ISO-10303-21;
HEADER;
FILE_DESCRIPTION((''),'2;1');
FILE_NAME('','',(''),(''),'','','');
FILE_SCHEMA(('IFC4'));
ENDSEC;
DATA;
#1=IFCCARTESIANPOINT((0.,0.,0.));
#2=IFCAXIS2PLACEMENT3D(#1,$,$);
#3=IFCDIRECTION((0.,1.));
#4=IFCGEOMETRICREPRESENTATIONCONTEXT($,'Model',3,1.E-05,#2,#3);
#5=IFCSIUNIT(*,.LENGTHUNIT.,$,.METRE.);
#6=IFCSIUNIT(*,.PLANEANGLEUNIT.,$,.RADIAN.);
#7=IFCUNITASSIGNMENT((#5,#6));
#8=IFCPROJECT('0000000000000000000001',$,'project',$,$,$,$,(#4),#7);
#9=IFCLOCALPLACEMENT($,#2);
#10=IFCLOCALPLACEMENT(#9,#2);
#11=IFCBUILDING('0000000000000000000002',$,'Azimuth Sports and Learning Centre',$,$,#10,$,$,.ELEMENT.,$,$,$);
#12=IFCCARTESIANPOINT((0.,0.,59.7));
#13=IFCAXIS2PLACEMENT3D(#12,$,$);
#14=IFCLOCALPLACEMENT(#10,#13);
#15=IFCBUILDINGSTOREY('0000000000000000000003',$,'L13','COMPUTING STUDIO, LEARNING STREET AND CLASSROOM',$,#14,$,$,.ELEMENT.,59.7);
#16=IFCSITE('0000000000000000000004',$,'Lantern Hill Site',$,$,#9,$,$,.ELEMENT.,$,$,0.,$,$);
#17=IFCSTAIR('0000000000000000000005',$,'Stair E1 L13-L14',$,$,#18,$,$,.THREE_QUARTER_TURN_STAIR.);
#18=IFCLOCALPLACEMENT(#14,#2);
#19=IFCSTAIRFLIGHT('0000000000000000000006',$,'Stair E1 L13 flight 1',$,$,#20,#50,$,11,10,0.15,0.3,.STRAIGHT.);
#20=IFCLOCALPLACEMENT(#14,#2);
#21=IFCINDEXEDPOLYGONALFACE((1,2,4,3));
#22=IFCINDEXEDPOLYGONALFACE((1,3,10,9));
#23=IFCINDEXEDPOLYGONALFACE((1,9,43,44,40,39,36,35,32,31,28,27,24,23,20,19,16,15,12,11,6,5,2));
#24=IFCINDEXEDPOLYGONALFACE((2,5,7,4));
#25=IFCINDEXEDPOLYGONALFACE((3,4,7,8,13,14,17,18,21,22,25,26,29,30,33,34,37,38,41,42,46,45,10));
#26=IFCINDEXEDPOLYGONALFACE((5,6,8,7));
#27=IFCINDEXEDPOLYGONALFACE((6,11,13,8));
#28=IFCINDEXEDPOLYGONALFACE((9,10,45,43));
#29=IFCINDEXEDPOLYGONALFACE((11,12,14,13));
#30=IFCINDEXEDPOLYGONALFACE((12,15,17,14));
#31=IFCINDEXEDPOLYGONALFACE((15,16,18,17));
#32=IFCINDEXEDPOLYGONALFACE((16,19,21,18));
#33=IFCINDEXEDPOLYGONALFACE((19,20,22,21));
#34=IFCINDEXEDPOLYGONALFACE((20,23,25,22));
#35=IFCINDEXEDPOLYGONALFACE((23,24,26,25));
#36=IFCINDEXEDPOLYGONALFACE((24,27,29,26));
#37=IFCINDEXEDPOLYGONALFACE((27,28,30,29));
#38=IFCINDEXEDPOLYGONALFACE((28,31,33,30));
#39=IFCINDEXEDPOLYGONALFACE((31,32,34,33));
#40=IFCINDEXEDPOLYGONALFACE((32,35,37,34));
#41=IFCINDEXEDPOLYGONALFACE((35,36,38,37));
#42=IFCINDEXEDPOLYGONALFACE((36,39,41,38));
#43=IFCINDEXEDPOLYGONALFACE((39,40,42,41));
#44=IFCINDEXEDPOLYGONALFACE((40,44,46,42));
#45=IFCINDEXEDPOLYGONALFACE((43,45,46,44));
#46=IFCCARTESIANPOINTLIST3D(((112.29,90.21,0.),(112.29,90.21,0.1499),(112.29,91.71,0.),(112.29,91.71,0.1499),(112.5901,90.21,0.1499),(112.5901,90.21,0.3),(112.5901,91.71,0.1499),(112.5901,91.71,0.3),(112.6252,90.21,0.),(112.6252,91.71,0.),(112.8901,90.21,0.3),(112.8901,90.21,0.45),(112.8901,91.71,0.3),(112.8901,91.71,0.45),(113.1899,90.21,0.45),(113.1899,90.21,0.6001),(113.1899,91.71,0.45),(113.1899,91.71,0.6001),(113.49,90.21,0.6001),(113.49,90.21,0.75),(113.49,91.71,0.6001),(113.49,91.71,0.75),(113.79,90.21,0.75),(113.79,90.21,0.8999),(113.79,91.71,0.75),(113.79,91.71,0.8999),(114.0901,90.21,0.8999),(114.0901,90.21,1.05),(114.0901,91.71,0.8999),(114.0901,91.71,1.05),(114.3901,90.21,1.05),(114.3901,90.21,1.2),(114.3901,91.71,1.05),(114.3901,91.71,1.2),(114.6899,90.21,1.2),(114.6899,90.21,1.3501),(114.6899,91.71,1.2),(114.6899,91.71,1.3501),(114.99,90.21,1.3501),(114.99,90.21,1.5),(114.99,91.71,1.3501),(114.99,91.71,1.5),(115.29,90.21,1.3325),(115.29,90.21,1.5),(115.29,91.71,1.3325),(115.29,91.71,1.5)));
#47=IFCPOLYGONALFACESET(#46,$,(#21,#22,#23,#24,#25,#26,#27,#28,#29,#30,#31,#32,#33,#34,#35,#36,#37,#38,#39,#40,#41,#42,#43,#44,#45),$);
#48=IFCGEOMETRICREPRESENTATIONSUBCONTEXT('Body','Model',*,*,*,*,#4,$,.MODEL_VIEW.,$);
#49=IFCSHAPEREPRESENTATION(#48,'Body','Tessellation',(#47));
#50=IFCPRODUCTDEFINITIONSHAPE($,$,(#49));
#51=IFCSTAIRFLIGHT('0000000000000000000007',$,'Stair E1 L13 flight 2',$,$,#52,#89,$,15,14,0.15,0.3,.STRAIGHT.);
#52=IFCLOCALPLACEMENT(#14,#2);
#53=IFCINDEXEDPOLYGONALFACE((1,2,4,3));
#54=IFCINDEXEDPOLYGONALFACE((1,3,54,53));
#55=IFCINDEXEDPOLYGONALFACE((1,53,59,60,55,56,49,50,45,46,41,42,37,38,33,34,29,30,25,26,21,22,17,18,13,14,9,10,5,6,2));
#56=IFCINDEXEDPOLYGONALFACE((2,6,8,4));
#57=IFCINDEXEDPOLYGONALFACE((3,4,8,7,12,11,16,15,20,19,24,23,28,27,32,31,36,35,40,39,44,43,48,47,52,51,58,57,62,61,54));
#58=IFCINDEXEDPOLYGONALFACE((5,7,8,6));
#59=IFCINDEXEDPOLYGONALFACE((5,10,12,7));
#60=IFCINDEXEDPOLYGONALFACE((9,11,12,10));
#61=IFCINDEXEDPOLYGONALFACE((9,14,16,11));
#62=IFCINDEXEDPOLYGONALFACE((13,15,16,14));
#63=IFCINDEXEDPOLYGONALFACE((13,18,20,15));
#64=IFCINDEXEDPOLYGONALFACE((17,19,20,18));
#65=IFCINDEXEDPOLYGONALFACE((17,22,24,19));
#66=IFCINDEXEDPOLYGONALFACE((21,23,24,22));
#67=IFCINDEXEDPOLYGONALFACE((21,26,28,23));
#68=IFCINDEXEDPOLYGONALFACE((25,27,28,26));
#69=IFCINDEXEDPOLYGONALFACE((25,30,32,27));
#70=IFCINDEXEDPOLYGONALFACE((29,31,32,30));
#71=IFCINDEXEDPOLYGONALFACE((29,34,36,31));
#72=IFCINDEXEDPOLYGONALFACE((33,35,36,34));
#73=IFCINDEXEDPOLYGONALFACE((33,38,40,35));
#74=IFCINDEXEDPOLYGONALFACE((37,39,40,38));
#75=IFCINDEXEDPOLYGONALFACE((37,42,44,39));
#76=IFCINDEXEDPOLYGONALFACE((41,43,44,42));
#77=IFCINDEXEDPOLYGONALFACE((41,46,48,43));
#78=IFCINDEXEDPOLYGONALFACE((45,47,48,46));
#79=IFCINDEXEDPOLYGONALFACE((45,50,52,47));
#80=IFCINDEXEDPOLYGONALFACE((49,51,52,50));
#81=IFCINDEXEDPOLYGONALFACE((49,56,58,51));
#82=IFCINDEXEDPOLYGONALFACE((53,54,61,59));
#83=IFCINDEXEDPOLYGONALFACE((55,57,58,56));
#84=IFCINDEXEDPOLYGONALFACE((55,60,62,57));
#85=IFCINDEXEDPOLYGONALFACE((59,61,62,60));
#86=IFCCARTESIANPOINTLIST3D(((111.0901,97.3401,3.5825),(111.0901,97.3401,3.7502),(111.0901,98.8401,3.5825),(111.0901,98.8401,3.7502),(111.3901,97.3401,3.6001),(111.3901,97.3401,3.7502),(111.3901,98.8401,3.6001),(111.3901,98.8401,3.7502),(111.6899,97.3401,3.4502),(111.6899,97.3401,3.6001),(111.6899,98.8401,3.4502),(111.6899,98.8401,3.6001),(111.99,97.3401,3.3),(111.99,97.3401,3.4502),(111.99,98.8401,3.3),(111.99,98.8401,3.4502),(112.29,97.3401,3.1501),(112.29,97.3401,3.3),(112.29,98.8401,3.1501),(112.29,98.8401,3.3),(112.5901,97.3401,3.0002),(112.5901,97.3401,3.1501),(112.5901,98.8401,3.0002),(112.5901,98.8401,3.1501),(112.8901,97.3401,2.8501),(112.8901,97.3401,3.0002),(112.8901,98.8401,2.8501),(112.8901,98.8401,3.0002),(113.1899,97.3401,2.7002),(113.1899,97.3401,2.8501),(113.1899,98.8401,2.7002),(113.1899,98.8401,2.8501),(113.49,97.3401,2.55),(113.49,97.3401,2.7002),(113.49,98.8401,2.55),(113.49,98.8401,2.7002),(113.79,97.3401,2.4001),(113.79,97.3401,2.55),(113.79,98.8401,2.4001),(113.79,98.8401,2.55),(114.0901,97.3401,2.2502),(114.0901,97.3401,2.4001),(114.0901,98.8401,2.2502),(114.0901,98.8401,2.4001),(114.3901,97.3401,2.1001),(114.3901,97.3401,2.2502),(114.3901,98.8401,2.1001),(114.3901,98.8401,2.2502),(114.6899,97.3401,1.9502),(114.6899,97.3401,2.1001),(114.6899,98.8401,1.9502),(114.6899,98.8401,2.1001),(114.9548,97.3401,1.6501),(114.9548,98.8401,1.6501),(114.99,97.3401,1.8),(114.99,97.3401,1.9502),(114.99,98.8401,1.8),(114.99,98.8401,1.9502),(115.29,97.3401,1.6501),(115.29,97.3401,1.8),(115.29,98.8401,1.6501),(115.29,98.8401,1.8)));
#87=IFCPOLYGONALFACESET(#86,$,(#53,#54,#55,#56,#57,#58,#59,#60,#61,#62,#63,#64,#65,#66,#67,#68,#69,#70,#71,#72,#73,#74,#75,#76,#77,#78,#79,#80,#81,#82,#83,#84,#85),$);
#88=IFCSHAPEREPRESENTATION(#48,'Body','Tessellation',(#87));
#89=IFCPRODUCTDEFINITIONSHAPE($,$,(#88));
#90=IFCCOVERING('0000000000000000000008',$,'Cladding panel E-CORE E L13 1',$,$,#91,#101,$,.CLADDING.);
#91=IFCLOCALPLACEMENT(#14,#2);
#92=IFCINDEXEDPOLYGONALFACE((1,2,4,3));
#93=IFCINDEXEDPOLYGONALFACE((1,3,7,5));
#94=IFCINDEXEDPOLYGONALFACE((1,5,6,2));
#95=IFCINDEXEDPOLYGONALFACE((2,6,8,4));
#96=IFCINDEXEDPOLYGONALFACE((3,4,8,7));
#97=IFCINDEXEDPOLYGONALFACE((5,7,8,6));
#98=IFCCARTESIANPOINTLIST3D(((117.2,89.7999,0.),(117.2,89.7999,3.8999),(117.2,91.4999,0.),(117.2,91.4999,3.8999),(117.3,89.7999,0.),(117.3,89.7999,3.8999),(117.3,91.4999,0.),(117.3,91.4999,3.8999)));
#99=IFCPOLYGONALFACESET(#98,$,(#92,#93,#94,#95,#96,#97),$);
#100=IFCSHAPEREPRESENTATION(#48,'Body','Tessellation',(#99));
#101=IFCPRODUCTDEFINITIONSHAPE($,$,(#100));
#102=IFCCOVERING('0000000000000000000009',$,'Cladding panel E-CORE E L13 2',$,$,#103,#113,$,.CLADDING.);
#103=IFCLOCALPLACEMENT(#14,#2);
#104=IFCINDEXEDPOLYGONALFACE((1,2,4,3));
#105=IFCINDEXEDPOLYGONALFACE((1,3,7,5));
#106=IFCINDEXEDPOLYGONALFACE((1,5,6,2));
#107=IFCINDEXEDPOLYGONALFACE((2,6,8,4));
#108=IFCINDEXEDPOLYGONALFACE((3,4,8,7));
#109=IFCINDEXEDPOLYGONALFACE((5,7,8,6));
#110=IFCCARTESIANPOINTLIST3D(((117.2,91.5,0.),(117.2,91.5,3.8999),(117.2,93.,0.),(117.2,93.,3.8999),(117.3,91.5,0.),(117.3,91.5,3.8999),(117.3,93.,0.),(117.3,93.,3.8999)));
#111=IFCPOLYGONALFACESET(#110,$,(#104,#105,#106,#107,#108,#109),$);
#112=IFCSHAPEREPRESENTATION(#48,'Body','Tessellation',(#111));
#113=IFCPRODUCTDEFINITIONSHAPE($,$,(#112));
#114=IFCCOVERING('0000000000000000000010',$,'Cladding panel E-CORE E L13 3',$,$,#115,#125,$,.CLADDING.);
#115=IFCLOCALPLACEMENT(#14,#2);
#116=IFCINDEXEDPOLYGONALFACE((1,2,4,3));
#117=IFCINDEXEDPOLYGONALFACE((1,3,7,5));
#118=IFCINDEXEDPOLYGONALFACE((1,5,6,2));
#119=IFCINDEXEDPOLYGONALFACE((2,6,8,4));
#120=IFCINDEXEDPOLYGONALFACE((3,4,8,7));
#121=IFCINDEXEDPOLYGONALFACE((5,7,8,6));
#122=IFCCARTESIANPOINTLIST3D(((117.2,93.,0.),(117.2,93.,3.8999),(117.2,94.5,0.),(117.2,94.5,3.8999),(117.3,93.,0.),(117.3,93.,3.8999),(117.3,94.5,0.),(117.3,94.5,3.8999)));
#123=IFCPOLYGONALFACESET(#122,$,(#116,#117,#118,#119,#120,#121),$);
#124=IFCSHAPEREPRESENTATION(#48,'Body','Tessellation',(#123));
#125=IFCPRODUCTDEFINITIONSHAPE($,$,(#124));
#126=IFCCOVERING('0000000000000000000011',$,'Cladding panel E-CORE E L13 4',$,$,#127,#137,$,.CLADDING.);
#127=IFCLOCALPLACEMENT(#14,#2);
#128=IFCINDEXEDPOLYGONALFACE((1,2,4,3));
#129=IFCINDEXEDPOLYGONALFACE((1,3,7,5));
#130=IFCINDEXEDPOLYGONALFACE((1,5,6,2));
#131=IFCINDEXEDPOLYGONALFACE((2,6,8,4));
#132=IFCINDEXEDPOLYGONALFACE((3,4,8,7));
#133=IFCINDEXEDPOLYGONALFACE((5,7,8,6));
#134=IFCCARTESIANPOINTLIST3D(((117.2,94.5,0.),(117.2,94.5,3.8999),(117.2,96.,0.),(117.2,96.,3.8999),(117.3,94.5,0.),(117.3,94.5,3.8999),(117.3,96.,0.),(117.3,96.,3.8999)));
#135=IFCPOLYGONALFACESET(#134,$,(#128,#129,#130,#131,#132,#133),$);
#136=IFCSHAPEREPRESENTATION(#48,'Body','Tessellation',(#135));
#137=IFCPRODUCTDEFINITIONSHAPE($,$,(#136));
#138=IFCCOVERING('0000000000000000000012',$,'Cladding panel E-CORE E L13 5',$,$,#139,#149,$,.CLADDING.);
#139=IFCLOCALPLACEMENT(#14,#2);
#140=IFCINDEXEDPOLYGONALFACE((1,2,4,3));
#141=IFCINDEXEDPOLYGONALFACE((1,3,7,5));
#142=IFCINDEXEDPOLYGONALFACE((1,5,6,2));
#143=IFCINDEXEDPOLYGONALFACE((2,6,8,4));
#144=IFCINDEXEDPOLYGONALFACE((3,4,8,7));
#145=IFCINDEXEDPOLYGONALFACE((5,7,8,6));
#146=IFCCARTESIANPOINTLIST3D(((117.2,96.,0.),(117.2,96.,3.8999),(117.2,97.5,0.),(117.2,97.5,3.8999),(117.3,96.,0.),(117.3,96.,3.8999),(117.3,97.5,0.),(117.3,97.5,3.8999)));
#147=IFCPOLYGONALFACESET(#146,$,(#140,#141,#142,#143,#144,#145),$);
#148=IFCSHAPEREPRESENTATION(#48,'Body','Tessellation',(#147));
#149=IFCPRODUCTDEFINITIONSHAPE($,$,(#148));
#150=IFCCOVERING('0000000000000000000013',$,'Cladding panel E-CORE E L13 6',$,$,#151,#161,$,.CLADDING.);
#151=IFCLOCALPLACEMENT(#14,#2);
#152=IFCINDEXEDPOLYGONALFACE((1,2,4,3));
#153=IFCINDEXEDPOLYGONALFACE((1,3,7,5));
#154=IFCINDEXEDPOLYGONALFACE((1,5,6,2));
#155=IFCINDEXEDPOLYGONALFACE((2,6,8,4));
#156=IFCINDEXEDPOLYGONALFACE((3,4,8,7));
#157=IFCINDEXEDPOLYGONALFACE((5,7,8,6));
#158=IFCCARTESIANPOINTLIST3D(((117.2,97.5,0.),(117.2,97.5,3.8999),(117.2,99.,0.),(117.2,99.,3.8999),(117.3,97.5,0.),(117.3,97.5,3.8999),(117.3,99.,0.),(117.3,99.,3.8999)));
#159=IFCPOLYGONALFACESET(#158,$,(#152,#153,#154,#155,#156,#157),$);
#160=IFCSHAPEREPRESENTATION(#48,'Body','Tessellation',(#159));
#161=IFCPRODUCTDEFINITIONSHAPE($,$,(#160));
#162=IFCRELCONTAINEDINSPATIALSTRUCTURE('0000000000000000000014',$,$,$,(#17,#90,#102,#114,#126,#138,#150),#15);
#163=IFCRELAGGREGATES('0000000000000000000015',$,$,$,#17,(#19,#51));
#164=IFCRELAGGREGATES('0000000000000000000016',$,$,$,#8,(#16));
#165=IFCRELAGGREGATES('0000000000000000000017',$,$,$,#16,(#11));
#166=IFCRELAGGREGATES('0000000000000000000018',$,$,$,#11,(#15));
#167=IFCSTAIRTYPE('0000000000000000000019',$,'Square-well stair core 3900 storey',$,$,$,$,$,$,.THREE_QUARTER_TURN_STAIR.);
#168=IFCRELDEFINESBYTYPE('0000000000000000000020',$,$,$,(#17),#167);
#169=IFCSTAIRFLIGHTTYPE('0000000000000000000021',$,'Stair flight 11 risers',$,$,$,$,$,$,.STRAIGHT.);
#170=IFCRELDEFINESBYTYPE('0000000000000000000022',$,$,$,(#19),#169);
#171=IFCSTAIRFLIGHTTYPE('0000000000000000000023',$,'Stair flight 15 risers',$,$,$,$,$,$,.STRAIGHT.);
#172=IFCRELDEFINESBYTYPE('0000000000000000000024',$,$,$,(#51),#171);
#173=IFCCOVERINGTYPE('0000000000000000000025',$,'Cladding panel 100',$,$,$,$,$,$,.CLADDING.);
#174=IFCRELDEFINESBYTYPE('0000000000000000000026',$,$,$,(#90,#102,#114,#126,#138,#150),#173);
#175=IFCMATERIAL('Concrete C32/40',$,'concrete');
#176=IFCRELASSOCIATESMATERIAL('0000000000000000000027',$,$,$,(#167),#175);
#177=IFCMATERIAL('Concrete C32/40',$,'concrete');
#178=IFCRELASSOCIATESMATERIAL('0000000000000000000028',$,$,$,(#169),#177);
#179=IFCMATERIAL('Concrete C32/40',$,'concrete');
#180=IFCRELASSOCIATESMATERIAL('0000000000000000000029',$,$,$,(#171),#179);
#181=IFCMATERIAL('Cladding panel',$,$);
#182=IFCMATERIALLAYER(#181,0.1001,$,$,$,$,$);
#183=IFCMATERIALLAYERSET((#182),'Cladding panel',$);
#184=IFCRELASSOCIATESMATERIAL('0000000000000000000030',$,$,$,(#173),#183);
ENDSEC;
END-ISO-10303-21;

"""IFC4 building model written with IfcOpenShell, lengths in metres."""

from ifc_helpers import new_model, si_unit, direction, frame, origin, origin_2d, place, context, subcontext, project, spatial, polyline, rectangle, outline, extrude, material, layer, layer_set, type_object, element, aggregate, save


model = new_model("IFC4")

# Units and contexts
model_context = context("Model", 3, precision=1e-05, world=origin(), true_north=direction((0.0, 1.0)))
body_context = subcontext(model_context, "Body", "Model", "MODEL_VIEW")
ifc_project = project(units=[si_unit("LENGTHUNIT", "METRE"), si_unit("PLANEANGLEUNIT", "RADIAN")], contexts=[model_context])

# Site, building, storey
site_placement = place(None, origin())
site = spatial("IfcSite", under=ifc_project, at=site_placement, Name="Lantern Hill Site", CompositionType="ELEMENT", RefElevation=0.0)
building_placement = place(site_placement, origin())
building = spatial("IfcBuilding", under=site, at=building_placement, Name="Azimuth Sports and Learning Centre", CompositionType="ELEMENT")
storey_placement = place(building_placement, frame((0.0, 0.0, 59.7)))
storey = spatial("IfcBuildingStorey", under=building, at=storey_placement, Name="L13", Description="COMPUTING STUDIO, LEARNING STREET AND CLASSROOM", CompositionType="ELEMENT", Elevation=59.7)

# Stair, stair flights
ifc_material_1 = material(Name="Concrete C32/40", Category="concrete")
stair_type = type_object("IfcStairType", Name="Square-well stair core 3900 storey", PredefinedType="THREE_QUARTER_TURN_STAIR", material=ifc_material_1)
stair_placement = place(storey_placement, origin())
stair = element("IfcStair", 1, at=stair_placement, inside=storey, type_object=stair_type, Name="Stair E1 L13-L14", PredefinedType="THREE_QUARTER_TURN_STAIR")
ifc_material_2 = material(Name="Concrete C32/40", Category="concrete")
stair_flight_type_1 = type_object("IfcStairFlightType", Name="Stair flight 11 risers", PredefinedType="STRAIGHT", material=ifc_material_2)
stair_flight_1_placement = place(storey_placement, frame((112.29, 90.96, 0.0), z_axis=(0.0, 0.0, 1.0), x_axis=(1.0, 0.0, 0.0)))
stair_flight_1 = element("IfcStairFlight", 2, at=stair_flight_1_placement, type_object=stair_flight_type_1, Name="Stair E1 L13 flight 1", NumberOfRisers=11, NumberOfTreads=10, PredefinedType="STRAIGHT", RiserHeight=0.15, TreadLength=0.3, context=body_context, shape_type="SweptSolid", body=[
    extrude(outline(polyline([(0.0, 0.0), (0.0, 0.1499), (0.3, 0.1499), (0.3, 0.3), (0.6001, 0.3), (0.6001, 0.45), (0.8999, 0.45), (0.8999, 0.6001), (1.2, 0.6001), (1.2, 0.75), (1.5, 0.75), (1.5, 0.8999), (1.8, 0.8999), (1.8, 1.05), (2.1001, 1.05), (2.1001, 1.2), (2.3999, 1.2), (2.3999, 1.3501), (2.7, 1.3501), (2.7, 1.5), (3.0, 1.5), (3.0, 1.6499), (3.0, 1.3325), (0.3352, 0.0), (0.0, 0.0)])), frame((0.0, 0.75, 0.0), z_axis=(0.0, -1.0, 0.0), x_axis=(1.0, 0.0, 0.0)), (0.0, 0.0, 1.0), 1.5),
])
ifc_material_3 = material(Name="Concrete C32/40", Category="concrete")
stair_flight_type_2 = type_object("IfcStairFlightType", Name="Stair flight 15 risers", PredefinedType="STRAIGHT", material=ifc_material_3)
stair_flight_2_placement = place(storey_placement, frame((115.29, 98.0901, 1.6501), z_axis=(0.0, 0.0, 1.0), x_axis=(-1.0, 0.0, 0.0)))
stair_flight_2 = element("IfcStairFlight", 3, at=stair_flight_2_placement, type_object=stair_flight_type_2, Name="Stair E1 L13 flight 2", NumberOfRisers=15, NumberOfTreads=14, PredefinedType="STRAIGHT", RiserHeight=0.15, TreadLength=0.3, context=body_context, shape_type="SweptSolid", body=[
    extrude(outline(polyline([(0.0, 0.0), (0.0, 0.1499), (0.3, 0.1499), (0.3, 0.3), (0.6001, 0.3), (0.6001, 0.45), (0.8999, 0.45), (0.8999, 0.6001), (1.2, 0.6001), (1.2, 0.75), (1.5, 0.75), (1.5, 0.8999), (1.8, 0.8999), (1.8, 1.05), (2.1001, 1.05), (2.1001, 1.2), (2.3999, 1.2), (2.3999, 1.3501), (2.7, 1.3501), (2.7, 1.5), (3.0, 1.5), (3.0, 1.6499), (3.3, 1.6499), (3.3, 1.8), (3.6001, 1.8), (3.6001, 1.95), (3.8999, 1.95), (3.8999, 2.1001), (4.2, 2.1001), (4.2, 2.25), (4.2, 1.9324), (0.3352, 0.0), (0.0, 0.0)])), frame((0.0, 0.75, 0.0), z_axis=(0.0, -1.0, 0.0), x_axis=(1.0, 0.0, 0.0)), (0.0, 0.0, 1.0), 1.5),
])
aggregate(stair, [stair_flight_1, stair_flight_2])

# Coverings
ifc_material_4 = material(Name="Cladding panel")
ifc_layer_1 = layer(ifc_material_4, 0.1001)
ifc_layer_set_1 = layer_set([ifc_layer_1], Name="Cladding panel")
covering_type = type_object("IfcCoveringType", Name="Cladding panel 100", PredefinedType="CLADDING", material=ifc_layer_set_1)
covering_placement = place(storey_placement, frame((117.25, 90.6499, 0.0), z_axis=(0.0, 0.0, 1.0), x_axis=(0.0, 1.0, 0.0)))
element("IfcCovering", 4, at=covering_placement, inside=storey, type_object=covering_type, Name="Cladding panel E-CORE E L13 1", PredefinedType="CLADDING", context=body_context, shape_type="SweptSolid", body=[
    extrude(rectangle(XDim=1.7, YDim=0.1001, at=origin_2d()), origin(), (0.0, 0.0, 1.0), 3.8999),
])
for number, where, z_axis, x_axis, name in (
    (5, (117.25, 92.25, 0.0), (0.0, 0.0, 1.0), (0.0, 1.0, 0.0), "Cladding panel E-CORE E L13 2"),
    (6, (117.25, 93.75, 0.0), (0.0, 0.0, 1.0), (0.0, 1.0, 0.0), "Cladding panel E-CORE E L13 3"),
    (7, (117.25, 95.25, 0.0), (0.0, 0.0, 1.0), (0.0, 1.0, 0.0), "Cladding panel E-CORE E L13 4"),
    (8, (117.25, 96.75, 0.0), (0.0, 0.0, 1.0), (0.0, 1.0, 0.0), "Cladding panel E-CORE E L13 5"),
    (9, (117.25, 98.25, 0.0), (0.0, 0.0, 1.0), (0.0, 1.0, 0.0), "Cladding panel E-CORE E L13 6"),
):
    element("IfcCovering", number, at=place(storey_placement, frame(where, z_axis=z_axis, x_axis=x_axis)), inside=storey, type_object=covering_type, Name=name, PredefinedType="CLADDING", context=body_context, shape_type="SweptSolid", body=[
        extrude(rectangle(XDim=1.5, YDim=0.1001, at=origin_2d()), origin(), (0.0, 0.0, 1.0), 3.8999),
    ])

save(model, "model.ifc")
